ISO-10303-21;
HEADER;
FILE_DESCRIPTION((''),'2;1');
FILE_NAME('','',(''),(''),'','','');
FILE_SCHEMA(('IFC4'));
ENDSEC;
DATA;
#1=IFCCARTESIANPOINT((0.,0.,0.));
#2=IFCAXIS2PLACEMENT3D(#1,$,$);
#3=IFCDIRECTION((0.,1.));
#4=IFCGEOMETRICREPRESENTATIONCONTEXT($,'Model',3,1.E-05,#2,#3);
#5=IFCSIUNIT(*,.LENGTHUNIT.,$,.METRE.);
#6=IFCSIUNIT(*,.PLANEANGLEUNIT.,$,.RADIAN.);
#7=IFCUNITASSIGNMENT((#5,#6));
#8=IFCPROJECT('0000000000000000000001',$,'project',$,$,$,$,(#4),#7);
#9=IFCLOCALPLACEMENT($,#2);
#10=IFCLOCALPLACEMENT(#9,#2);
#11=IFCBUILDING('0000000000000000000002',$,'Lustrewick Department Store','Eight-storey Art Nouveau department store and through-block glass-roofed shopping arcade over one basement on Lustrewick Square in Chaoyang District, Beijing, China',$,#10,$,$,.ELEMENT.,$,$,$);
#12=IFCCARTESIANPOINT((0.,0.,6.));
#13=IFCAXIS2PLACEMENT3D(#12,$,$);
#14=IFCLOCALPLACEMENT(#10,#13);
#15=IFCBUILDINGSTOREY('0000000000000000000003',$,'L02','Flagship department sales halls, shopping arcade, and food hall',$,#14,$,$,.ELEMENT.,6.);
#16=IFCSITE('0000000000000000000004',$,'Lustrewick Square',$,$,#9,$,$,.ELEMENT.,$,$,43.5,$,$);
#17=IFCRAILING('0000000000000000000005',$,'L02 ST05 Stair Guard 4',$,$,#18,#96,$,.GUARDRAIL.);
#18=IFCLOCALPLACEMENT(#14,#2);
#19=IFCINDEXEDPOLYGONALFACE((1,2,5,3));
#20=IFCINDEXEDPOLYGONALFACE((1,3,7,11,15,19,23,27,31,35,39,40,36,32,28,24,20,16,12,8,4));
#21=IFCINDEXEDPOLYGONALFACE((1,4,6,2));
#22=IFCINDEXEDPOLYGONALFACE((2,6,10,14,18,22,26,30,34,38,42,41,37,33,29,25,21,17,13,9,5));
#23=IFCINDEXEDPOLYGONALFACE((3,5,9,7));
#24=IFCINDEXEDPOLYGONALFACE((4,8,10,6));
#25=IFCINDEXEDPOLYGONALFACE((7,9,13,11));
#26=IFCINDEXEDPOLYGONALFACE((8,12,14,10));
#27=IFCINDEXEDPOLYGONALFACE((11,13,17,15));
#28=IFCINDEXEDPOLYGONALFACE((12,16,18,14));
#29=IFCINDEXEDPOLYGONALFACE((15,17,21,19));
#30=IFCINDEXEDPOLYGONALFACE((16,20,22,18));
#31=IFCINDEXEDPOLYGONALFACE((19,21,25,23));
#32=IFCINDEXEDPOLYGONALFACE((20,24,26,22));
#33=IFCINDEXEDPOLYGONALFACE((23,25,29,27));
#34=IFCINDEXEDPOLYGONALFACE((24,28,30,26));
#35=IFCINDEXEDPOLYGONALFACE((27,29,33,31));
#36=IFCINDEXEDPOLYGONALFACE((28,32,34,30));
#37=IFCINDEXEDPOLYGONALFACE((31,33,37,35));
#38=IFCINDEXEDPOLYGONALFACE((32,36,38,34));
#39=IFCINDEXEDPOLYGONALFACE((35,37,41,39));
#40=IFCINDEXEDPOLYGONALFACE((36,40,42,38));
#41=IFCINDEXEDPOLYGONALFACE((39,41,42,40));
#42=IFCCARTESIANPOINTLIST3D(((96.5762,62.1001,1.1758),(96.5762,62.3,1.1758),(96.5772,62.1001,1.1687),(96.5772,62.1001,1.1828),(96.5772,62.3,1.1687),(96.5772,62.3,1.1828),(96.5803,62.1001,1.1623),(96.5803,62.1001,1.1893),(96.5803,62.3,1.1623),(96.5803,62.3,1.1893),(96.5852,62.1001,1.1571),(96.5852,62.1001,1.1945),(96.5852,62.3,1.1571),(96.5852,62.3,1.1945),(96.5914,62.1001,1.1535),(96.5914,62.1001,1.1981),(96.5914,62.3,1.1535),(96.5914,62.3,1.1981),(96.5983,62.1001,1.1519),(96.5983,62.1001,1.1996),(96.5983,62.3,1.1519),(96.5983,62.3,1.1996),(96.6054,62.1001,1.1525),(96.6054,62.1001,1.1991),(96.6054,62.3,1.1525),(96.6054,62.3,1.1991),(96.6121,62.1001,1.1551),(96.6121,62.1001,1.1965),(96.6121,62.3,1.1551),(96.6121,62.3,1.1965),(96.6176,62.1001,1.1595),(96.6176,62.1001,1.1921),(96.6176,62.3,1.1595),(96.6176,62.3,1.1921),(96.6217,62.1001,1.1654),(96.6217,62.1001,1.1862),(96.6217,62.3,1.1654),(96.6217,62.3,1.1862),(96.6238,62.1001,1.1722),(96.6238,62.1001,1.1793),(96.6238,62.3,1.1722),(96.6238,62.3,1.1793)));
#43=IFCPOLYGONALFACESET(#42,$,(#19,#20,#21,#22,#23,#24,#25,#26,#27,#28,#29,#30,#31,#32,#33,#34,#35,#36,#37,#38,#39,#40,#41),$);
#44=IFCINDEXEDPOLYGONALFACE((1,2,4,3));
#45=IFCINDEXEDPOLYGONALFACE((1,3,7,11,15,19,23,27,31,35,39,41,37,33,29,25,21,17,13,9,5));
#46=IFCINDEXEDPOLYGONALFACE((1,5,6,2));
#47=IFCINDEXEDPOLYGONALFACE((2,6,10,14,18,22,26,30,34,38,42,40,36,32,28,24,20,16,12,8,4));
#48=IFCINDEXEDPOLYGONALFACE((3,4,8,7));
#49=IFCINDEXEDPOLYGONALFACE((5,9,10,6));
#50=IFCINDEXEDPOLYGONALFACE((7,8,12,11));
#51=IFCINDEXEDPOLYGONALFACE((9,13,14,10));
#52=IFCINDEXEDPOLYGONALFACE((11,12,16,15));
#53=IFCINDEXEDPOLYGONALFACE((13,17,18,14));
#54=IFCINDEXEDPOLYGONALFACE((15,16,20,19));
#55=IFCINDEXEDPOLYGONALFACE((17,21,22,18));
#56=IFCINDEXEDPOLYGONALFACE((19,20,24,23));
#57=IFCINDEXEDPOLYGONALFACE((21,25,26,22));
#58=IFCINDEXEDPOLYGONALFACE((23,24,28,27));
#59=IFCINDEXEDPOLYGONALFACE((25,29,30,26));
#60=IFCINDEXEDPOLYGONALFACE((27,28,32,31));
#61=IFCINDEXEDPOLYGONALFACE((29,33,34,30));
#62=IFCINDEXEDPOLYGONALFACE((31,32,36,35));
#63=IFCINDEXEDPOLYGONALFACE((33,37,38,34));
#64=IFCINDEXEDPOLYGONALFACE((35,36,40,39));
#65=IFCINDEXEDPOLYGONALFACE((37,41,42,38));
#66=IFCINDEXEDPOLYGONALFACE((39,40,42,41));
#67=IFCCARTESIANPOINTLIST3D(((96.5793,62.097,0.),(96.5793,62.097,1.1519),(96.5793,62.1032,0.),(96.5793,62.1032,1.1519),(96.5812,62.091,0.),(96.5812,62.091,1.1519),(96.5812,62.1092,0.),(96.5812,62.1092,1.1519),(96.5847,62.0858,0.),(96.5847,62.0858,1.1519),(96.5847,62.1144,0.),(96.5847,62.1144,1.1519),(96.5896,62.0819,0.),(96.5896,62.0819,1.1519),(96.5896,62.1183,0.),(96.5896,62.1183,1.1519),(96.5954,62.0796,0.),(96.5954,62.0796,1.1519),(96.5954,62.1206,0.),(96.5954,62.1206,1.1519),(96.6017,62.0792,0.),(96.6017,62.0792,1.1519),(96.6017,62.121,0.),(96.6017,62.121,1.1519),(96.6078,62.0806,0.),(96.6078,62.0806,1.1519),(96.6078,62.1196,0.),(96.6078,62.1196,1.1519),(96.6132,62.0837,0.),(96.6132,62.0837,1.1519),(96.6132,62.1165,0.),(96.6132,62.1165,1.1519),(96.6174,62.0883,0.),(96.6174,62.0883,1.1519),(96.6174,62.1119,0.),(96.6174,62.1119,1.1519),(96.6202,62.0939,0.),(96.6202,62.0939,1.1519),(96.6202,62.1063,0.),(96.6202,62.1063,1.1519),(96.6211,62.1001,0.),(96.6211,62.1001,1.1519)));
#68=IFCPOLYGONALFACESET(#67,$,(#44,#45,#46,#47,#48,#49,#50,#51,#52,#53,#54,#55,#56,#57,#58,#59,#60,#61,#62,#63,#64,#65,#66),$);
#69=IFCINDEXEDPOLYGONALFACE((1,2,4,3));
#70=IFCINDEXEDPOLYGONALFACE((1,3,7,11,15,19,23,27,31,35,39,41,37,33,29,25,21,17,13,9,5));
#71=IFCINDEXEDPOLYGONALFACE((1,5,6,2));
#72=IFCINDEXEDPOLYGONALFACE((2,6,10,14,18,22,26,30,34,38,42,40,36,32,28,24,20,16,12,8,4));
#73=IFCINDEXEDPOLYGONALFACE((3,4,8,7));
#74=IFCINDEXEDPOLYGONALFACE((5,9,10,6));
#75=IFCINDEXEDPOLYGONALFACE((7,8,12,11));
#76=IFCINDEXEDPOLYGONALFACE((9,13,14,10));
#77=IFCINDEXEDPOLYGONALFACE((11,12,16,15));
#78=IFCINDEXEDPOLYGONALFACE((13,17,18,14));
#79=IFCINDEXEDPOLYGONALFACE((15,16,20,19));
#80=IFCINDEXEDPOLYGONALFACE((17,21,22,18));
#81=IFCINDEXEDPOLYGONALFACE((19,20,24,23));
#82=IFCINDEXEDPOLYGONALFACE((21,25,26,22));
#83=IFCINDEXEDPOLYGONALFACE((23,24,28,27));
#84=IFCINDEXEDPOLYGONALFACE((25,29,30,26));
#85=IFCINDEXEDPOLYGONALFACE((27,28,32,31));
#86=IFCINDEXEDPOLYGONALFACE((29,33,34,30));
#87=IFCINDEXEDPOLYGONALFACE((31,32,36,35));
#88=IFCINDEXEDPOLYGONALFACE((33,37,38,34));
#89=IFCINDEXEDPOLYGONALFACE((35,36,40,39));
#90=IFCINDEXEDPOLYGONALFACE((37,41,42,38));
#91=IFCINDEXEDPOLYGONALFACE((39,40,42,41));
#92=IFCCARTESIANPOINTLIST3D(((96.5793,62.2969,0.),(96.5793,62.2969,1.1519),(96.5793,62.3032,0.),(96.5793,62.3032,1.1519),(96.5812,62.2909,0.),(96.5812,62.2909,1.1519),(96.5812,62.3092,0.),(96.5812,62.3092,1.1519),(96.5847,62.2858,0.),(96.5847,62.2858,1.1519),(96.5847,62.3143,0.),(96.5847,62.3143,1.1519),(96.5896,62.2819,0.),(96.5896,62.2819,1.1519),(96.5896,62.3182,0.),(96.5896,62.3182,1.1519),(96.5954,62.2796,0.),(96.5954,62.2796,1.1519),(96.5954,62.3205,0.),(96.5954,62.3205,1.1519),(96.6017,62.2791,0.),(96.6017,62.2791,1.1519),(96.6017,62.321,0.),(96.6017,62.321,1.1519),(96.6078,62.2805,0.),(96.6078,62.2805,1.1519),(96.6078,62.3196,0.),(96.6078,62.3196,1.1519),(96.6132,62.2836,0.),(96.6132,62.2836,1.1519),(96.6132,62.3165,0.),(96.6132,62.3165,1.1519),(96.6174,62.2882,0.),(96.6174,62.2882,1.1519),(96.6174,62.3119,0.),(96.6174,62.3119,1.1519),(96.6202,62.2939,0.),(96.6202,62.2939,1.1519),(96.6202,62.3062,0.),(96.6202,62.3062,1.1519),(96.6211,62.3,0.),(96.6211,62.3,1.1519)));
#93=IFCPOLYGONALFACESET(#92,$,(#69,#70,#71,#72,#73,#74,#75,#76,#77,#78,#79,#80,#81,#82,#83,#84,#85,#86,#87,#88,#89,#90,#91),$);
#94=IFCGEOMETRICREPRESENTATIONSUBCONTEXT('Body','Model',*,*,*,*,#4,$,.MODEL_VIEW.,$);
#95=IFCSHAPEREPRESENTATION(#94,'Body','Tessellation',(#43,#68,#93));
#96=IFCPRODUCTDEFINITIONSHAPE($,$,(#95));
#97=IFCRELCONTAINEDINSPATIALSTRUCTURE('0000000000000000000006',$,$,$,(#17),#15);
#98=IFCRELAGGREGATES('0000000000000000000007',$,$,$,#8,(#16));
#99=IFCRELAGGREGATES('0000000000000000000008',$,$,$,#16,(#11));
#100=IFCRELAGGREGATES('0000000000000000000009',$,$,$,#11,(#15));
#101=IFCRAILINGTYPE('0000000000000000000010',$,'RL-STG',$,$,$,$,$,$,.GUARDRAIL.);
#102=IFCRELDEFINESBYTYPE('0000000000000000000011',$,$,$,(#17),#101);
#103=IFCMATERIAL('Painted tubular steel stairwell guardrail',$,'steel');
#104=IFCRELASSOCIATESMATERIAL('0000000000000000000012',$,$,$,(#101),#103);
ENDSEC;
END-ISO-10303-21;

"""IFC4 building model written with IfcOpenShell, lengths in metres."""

from ifc_helpers import new_model, si_unit, direction, frame, origin, origin_2d, place, context, subcontext, project, spatial, circle, extrude, material, type_object, element, save


model = new_model("IFC4")

# Units and contexts
model_context = context("Model", 3, precision=1e-05, world=origin(), true_north=direction((0.0, 1.0)))
body_context = subcontext(model_context, "Body", "Model", "MODEL_VIEW")
ifc_project = project(units=[si_unit("LENGTHUNIT", "METRE"), si_unit("PLANEANGLEUNIT", "RADIAN")], contexts=[model_context])

# Site, building, storey
site_placement = place(None, origin())
site = spatial("IfcSite", under=ifc_project, at=site_placement, Name="Lustrewick Square", CompositionType="ELEMENT", RefElevation=43.5)
building_placement = place(site_placement, origin())
building = spatial("IfcBuilding", under=site, at=building_placement, Name="Lustrewick Department Store", Description="Eight-storey Art Nouveau department store and through-block glass-roofed shopping arcade over one basement on Lustrewick Square in Chaoyang District, Beijing, China", CompositionType="ELEMENT")
storey_placement = place(building_placement, frame((0.0, 0.0, 6.0)))
storey = spatial("IfcBuildingStorey", under=building, at=storey_placement, Name="L02", Description="Flagship department sales halls, shopping arcade, and food hall", CompositionType="ELEMENT", Elevation=6.0)

# Railing
ifc_material_1 = material(Name="Painted tubular steel stairwell guardrail", Category="steel")
railing_type_1 = type_object("IfcRailingType", Name="RL-STG", PredefinedType="GUARDRAIL", material=ifc_material_1)
railing_1_placement = place(storey_placement, frame((96.6001, 62.1001, 0.0)))
element("IfcRailing", 1, at=railing_1_placement, inside=storey, type_object=railing_type_1, Name="L02 ST05 Stair Guard 4", PredefinedType="GUARDRAIL", context=body_context, shape_type="SweptSolid", body=[
    extrude(circle(Radius=0.0239, at=origin_2d()), frame((0.0, 0.0, 1.1758), z_axis=(0.0, 1.0, 0.0), x_axis=(-1.0, 0.0, 0.0)), (0.0, 0.0, 1.0), 0.2),
    extrude(circle(Radius=0.021, at=origin_2d()), origin(), (0.0, 0.0, 1.0), 1.1519),
    extrude(circle(Radius=0.021, at=origin_2d()), frame((0.0, 0.2, 0.0)), (0.0, 0.0, 1.0), 1.1519),
])

save(model, "model.ifc")
